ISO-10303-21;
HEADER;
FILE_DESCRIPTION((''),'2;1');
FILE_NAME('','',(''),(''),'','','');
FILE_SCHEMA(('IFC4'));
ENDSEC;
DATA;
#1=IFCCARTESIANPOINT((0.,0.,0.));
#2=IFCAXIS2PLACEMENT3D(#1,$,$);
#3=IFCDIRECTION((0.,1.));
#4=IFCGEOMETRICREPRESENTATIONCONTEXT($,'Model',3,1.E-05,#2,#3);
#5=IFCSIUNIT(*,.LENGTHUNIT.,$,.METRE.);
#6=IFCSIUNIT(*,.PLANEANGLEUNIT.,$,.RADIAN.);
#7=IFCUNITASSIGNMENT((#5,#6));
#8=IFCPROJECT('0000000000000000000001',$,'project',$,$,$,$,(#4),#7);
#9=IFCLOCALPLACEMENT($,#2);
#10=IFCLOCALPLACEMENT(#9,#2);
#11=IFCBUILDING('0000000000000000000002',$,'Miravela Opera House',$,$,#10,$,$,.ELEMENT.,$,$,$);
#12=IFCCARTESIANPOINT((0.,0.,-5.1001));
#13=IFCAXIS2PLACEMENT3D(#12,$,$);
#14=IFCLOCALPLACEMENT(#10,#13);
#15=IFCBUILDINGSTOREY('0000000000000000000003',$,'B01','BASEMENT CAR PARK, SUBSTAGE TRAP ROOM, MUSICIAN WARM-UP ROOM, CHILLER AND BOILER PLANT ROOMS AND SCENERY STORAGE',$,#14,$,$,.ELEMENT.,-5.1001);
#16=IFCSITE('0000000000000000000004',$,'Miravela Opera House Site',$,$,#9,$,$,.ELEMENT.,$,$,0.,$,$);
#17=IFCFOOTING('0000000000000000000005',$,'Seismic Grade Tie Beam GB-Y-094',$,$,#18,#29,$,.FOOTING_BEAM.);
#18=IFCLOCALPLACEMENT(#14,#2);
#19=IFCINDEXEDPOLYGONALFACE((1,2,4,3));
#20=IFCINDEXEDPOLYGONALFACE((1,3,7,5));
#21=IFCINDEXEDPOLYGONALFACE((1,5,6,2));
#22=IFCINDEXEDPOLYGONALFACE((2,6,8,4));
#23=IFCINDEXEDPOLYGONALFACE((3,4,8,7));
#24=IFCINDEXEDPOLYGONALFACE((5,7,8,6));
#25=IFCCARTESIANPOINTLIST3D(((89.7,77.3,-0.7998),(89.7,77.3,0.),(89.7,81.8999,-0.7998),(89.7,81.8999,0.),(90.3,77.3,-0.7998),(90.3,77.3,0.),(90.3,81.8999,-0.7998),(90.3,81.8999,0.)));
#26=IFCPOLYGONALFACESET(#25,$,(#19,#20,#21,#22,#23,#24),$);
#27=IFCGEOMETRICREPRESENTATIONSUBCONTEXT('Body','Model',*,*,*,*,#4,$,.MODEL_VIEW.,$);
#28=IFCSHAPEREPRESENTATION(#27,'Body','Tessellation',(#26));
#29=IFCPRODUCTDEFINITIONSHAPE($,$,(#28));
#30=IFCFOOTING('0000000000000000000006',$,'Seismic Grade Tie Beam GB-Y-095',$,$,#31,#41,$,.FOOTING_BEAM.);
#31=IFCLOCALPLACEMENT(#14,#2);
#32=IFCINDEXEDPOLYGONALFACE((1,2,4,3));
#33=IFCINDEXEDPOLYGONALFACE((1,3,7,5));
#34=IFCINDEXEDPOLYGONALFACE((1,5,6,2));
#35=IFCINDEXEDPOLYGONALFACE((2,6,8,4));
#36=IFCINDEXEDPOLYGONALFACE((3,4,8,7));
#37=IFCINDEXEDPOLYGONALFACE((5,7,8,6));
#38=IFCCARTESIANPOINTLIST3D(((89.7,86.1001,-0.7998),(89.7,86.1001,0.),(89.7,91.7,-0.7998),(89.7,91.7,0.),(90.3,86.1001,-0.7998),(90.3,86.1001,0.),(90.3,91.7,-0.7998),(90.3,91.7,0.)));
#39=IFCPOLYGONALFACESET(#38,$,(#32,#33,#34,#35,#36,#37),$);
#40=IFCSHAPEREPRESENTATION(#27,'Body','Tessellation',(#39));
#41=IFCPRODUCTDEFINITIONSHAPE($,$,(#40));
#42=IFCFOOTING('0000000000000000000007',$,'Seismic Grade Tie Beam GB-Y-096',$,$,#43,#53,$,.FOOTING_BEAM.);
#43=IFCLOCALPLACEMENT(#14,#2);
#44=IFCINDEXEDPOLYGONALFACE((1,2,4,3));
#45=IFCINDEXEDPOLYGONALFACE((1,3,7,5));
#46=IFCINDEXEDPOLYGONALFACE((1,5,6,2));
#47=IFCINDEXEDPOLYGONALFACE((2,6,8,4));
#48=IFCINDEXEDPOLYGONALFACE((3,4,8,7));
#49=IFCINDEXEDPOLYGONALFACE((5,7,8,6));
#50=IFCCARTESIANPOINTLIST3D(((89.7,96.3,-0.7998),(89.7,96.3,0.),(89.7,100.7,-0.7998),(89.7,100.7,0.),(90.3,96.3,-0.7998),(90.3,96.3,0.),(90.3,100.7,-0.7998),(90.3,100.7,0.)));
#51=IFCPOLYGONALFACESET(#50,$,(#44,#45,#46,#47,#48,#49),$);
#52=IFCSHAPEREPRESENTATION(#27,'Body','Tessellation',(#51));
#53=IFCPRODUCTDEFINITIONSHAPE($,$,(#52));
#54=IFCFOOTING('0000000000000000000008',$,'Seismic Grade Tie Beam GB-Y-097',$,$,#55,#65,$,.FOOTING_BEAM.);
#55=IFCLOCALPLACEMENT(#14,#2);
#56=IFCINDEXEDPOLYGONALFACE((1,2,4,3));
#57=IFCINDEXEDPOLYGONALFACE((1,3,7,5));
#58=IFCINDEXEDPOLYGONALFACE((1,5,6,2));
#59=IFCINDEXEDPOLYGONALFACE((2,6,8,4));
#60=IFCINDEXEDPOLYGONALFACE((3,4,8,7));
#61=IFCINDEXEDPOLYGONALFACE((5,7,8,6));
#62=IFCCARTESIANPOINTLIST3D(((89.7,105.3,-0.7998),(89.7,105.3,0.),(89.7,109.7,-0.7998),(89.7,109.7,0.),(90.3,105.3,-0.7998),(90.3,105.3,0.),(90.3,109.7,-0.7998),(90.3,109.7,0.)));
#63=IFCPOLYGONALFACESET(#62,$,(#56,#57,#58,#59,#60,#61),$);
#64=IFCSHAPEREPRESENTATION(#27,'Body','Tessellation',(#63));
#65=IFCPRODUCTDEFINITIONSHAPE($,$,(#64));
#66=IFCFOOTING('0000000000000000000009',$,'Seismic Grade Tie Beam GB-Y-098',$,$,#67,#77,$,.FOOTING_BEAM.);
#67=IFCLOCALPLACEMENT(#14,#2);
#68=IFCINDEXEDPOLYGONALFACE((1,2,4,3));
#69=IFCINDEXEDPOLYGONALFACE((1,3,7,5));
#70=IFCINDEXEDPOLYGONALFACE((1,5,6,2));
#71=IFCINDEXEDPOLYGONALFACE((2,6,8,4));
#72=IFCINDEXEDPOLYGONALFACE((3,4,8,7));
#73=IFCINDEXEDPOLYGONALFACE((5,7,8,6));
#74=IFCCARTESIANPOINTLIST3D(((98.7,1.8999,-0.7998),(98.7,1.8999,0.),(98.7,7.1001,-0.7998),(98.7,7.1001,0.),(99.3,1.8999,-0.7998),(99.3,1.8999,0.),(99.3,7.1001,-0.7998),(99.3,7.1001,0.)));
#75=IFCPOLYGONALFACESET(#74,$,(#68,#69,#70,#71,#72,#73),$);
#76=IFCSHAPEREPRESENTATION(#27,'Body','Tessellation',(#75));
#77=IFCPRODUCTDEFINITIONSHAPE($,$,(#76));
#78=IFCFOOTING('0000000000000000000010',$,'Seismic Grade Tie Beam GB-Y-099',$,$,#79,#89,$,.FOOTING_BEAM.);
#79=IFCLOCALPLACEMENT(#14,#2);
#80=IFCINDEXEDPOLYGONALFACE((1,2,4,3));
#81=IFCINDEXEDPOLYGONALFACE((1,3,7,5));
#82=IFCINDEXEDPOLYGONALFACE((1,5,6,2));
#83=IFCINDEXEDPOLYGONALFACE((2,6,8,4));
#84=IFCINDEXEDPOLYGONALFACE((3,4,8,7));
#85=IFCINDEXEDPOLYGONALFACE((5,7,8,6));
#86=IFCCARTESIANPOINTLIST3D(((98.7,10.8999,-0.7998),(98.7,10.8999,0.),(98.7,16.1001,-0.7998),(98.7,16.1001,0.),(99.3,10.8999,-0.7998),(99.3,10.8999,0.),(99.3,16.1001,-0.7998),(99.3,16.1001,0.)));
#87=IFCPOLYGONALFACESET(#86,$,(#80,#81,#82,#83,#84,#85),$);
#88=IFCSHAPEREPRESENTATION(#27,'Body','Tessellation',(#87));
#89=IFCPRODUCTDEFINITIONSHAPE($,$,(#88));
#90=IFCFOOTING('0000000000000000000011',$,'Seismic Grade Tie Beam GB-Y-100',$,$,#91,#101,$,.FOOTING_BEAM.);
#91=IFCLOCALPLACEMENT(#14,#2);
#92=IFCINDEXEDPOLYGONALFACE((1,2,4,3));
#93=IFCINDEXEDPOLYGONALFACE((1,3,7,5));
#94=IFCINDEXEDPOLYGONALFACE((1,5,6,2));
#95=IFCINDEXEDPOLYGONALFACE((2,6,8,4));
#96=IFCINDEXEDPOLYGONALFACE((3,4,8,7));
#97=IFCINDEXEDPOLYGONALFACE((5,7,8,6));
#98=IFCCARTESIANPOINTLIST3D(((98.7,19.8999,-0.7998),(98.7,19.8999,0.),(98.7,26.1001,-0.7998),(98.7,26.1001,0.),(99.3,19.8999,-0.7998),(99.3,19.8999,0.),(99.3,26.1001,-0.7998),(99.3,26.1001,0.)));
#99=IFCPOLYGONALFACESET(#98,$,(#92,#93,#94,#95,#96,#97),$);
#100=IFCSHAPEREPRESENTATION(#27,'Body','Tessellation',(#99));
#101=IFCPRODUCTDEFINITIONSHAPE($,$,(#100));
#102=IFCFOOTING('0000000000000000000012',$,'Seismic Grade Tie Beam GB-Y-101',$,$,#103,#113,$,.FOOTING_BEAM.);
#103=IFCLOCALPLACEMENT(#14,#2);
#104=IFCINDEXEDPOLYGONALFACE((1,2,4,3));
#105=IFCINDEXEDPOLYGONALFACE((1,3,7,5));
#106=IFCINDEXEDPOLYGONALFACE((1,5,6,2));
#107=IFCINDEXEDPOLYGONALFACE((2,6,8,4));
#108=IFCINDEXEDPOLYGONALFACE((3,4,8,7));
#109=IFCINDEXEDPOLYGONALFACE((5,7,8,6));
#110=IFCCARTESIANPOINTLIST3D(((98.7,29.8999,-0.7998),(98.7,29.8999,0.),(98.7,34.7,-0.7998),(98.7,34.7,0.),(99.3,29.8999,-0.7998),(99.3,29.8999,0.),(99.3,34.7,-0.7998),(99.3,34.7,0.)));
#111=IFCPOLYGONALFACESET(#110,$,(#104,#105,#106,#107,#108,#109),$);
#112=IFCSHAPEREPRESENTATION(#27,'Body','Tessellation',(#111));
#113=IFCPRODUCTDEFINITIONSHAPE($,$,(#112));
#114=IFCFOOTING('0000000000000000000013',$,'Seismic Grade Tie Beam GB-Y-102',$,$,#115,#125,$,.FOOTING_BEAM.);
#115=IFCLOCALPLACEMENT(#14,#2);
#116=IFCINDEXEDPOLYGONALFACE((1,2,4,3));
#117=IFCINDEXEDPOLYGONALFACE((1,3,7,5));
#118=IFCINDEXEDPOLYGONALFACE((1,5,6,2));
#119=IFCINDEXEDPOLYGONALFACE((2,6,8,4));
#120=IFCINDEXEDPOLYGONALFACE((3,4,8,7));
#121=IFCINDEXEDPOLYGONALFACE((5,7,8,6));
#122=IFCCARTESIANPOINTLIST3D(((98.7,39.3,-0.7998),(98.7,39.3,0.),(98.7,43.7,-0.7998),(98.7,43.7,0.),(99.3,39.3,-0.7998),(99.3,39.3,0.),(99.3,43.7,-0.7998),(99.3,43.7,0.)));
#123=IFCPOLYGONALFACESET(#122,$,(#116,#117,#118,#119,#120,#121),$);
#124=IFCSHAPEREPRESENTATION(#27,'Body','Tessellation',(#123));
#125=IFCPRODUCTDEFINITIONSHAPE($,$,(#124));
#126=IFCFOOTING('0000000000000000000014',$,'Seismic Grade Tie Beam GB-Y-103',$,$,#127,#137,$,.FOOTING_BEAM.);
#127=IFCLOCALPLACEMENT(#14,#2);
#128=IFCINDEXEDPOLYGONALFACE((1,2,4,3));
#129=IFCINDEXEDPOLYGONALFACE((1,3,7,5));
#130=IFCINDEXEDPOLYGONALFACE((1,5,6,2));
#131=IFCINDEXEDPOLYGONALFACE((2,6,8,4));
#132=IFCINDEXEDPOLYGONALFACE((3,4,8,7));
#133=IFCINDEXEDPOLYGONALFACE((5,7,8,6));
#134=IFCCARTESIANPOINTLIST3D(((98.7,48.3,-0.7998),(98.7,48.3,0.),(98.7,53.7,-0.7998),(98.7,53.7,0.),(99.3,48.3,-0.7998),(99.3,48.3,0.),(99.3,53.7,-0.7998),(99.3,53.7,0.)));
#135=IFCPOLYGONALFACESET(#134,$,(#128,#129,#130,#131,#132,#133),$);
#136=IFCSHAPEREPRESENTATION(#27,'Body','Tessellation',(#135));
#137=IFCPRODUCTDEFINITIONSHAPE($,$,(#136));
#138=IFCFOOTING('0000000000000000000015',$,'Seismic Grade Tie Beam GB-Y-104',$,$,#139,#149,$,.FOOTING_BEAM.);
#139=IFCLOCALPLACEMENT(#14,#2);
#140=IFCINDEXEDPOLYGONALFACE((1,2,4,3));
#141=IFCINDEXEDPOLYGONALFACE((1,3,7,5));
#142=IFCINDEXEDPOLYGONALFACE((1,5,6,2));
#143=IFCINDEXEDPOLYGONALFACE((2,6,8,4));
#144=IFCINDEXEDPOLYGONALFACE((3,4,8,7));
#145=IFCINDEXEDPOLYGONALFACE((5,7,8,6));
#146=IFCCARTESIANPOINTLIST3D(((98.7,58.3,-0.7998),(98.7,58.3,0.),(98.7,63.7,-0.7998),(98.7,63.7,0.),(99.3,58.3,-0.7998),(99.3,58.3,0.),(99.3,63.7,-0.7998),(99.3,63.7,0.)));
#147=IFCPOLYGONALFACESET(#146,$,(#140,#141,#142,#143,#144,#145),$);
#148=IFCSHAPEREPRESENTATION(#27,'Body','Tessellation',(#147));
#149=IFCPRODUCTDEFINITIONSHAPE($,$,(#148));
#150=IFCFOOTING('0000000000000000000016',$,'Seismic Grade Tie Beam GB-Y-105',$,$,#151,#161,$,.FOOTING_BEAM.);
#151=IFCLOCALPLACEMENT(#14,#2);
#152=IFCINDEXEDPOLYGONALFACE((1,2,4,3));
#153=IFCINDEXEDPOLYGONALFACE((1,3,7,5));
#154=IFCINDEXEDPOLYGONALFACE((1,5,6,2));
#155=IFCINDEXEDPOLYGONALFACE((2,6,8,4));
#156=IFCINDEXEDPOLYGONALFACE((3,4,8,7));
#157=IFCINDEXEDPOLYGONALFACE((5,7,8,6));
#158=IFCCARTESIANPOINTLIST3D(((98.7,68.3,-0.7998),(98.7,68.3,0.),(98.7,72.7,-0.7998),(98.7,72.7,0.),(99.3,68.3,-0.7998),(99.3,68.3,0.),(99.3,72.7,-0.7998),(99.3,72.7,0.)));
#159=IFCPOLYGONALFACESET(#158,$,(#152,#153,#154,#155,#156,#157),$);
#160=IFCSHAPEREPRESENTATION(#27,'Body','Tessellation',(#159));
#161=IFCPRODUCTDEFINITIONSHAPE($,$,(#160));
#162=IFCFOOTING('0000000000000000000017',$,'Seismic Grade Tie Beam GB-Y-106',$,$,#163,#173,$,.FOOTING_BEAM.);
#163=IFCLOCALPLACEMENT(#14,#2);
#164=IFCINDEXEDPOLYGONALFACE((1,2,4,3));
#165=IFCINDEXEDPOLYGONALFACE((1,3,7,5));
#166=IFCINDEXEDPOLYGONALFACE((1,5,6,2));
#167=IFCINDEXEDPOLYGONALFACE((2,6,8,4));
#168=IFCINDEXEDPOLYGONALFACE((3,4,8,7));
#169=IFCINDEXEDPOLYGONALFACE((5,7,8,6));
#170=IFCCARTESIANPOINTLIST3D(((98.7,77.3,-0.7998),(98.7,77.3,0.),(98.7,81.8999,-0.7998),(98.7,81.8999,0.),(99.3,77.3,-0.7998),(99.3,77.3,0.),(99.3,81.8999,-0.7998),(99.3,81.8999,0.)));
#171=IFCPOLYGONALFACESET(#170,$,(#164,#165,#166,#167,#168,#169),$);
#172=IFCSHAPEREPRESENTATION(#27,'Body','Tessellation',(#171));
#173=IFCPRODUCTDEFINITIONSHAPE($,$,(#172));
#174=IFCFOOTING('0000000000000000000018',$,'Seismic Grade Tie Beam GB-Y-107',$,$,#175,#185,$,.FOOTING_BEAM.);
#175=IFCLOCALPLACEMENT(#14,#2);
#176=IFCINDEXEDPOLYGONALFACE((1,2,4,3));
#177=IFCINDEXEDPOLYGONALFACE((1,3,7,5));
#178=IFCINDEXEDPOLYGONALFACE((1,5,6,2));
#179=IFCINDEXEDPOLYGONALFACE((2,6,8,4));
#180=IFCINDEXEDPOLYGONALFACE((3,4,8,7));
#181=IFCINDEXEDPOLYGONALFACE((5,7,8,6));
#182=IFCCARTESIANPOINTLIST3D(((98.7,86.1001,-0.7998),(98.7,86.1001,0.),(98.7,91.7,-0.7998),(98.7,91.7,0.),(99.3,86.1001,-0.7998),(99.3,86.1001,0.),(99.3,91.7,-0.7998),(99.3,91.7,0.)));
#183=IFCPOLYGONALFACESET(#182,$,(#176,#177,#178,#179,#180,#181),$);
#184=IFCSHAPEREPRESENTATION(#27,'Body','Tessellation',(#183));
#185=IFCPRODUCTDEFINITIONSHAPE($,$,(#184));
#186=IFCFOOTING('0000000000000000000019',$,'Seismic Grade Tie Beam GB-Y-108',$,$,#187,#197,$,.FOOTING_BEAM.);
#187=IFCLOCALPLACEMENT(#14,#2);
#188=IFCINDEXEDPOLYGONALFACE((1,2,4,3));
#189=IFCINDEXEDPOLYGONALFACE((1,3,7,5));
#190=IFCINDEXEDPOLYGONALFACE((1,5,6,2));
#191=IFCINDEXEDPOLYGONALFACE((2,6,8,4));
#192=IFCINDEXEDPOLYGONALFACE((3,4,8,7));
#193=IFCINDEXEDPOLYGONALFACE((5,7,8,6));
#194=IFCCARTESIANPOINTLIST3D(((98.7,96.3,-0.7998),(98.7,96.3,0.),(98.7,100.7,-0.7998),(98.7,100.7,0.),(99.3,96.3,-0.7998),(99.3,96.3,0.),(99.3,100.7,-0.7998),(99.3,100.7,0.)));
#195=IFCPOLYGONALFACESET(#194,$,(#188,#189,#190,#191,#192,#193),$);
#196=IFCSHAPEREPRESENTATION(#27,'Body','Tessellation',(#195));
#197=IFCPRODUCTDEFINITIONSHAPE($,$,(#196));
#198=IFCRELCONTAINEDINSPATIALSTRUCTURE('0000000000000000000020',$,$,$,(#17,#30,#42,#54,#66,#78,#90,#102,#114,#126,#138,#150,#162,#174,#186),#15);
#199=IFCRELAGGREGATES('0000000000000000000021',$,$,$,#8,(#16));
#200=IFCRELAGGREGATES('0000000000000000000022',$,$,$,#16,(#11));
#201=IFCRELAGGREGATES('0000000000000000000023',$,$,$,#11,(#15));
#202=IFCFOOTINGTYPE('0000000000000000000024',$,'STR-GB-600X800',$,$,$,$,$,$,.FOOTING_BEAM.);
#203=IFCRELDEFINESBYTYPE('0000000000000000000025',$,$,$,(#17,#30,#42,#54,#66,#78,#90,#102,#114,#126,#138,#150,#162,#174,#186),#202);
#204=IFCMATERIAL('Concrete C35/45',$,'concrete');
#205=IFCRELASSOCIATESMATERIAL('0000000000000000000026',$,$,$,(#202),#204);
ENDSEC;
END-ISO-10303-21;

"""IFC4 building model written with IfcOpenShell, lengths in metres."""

from ifc_helpers import new_model, si_unit, direction, frame, origin, place, context, subcontext, project, spatial, polyline, outline, extrude, material, type_object, element, save


model = new_model("IFC4")

# Units and contexts
model_context = context("Model", 3, precision=1e-05, world=origin(), true_north=direction((0.0, 1.0)))
body_context = subcontext(model_context, "Body", "Model", "MODEL_VIEW")
ifc_project = project(units=[si_unit("LENGTHUNIT", "METRE"), si_unit("PLANEANGLEUNIT", "RADIAN")], contexts=[model_context])

# Site, building, storey
site_placement = place(None, origin())
site = spatial("IfcSite", under=ifc_project, at=site_placement, Name="Miravela Opera House Site", CompositionType="ELEMENT", RefElevation=0.0)
building_placement = place(site_placement, origin())
building = spatial("IfcBuilding", under=site, at=building_placement, Name="Miravela Opera House", CompositionType="ELEMENT")
storey_placement = place(building_placement, frame((0.0, 0.0, -5.1001)))
storey = spatial("IfcBuildingStorey", under=building, at=storey_placement, Name="B01", Description="BASEMENT CAR PARK, SUBSTAGE TRAP ROOM, MUSICIAN WARM-UP ROOM, CHILLER AND BOILER PLANT ROOMS AND SCENERY STORAGE", CompositionType="ELEMENT", Elevation=-5.1001)

# Footings
ifc_material = material(Name="Concrete C35/45", Category="concrete")
footing_type = type_object("IfcFootingType", Name="STR-GB-600X800", PredefinedType="FOOTING_BEAM", material=ifc_material)
footing_1_placement = place(storey_placement, frame((0.0, 0.0, -0.7998)))
element("IfcFooting", 1, at=footing_1_placement, inside=storey, type_object=footing_type, Name="Seismic Grade Tie Beam GB-Y-094", PredefinedType="FOOTING_BEAM", context=body_context, shape_type="SweptSolid", body=[
    extrude(outline(polyline([(89.7, 77.3), (90.3, 77.3), (90.3, 81.8999), (89.7, 81.8999), (89.7, 77.3)])), origin(), (0.0, 0.0, 1.0), 0.7998),
])
footing_2_placement = place(storey_placement, frame((0.0, 0.0, -0.7998)))
element("IfcFooting", 2, at=footing_2_placement, inside=storey, type_object=footing_type, Name="Seismic Grade Tie Beam GB-Y-095", PredefinedType="FOOTING_BEAM", context=body_context, shape_type="SweptSolid", body=[
    extrude(outline(polyline([(89.7, 86.1001), (90.3, 86.1001), (90.3, 91.7), (89.7, 91.7), (89.7, 86.1001)])), origin(), (0.0, 0.0, 1.0), 0.7998),
])
footing_3_placement = place(storey_placement, frame((0.0, 0.0, -0.7998)))
element("IfcFooting", 3, at=footing_3_placement, inside=storey, type_object=footing_type, Name="Seismic Grade Tie Beam GB-Y-096", PredefinedType="FOOTING_BEAM", context=body_context, shape_type="SweptSolid", body=[
    extrude(outline(polyline([(89.7, 96.3), (90.3, 96.3), (90.3, 100.7), (89.7, 100.7), (89.7, 96.3)])), origin(), (0.0, 0.0, 1.0), 0.7998),
])
footing_4_placement = place(storey_placement, frame((0.0, 0.0, -0.7998)))
element("IfcFooting", 4, at=footing_4_placement, inside=storey, type_object=footing_type, Name="Seismic Grade Tie Beam GB-Y-097", PredefinedType="FOOTING_BEAM", context=body_context, shape_type="SweptSolid", body=[
    extrude(outline(polyline([(89.7, 105.3), (90.3, 105.3), (90.3, 109.7), (89.7, 109.7), (89.7, 105.3)])), origin(), (0.0, 0.0, 1.0), 0.7998),
])
footing_5_placement = place(storey_placement, frame((0.0, 0.0, -0.7998)))
element("IfcFooting", 5, at=footing_5_placement, inside=storey, type_object=footing_type, Name="Seismic Grade Tie Beam GB-Y-098", PredefinedType="FOOTING_BEAM", context=body_context, shape_type="SweptSolid", body=[
    extrude(outline(polyline([(98.7, 1.8999), (99.3, 1.8999), (99.3, 7.1001), (98.7, 7.1001), (98.7, 1.8999)])), origin(), (0.0, 0.0, 1.0), 0.7998),
])
footing_6_placement = place(storey_placement, frame((0.0, 0.0, -0.7998)))
element("IfcFooting", 6, at=footing_6_placement, inside=storey, type_object=footing_type, Name="Seismic Grade Tie Beam GB-Y-099", PredefinedType="FOOTING_BEAM", context=body_context, shape_type="SweptSolid", body=[
    extrude(outline(polyline([(98.7, 10.8999), (99.3, 10.8999), (99.3, 16.1001), (98.7, 16.1001), (98.7, 10.8999)])), origin(), (0.0, 0.0, 1.0), 0.7998),
])
footing_7_placement = place(storey_placement, frame((0.0, 0.0, -0.7998)))
element("IfcFooting", 7, at=footing_7_placement, inside=storey, type_object=footing_type, Name="Seismic Grade Tie Beam GB-Y-100", PredefinedType="FOOTING_BEAM", context=body_context, shape_type="SweptSolid", body=[
    extrude(outline(polyline([(98.7, 19.8999), (99.3, 19.8999), (99.3, 26.1001), (98.7, 26.1001), (98.7, 19.8999)])), origin(), (0.0, 0.0, 1.0), 0.7998),
])
footing_8_placement = place(storey_placement, frame((0.0, 0.0, -0.7998)))
element("IfcFooting", 8, at=footing_8_placement, inside=storey, type_object=footing_type, Name="Seismic Grade Tie Beam GB-Y-101", PredefinedType="FOOTING_BEAM", context=body_context, shape_type="SweptSolid", body=[
    extrude(outline(polyline([(98.7, 29.8999), (99.3, 29.8999), (99.3, 34.7), (98.7, 34.7), (98.7, 29.8999)])), origin(), (0.0, 0.0, 1.0), 0.7998),
])
footing_9_placement = place(storey_placement, frame((0.0, 0.0, -0.7998)))
element("IfcFooting", 9, at=footing_9_placement, inside=storey, type_object=footing_type, Name="Seismic Grade Tie Beam GB-Y-102", PredefinedType="FOOTING_BEAM", context=body_context, shape_type="SweptSolid", body=[
    extrude(outline(polyline([(98.7, 39.3), (99.3, 39.3), (99.3, 43.7), (98.7, 43.7), (98.7, 39.3)])), origin(), (0.0, 0.0, 1.0), 0.7998),
])
footing_10_placement = place(storey_placement, frame((0.0, 0.0, -0.7998)))
element("IfcFooting", 10, at=footing_10_placement, inside=storey, type_object=footing_type, Name="Seismic Grade Tie Beam GB-Y-103", PredefinedType="FOOTING_BEAM", context=body_context, shape_type="SweptSolid", body=[
    extrude(outline(polyline([(98.7, 48.3), (99.3, 48.3), (99.3, 53.7), (98.7, 53.7), (98.7, 48.3)])), origin(), (0.0, 0.0, 1.0), 0.7998),
])
footing_11_placement = place(storey_placement, frame((0.0, 0.0, -0.7998)))
element("IfcFooting", 11, at=footing_11_placement, inside=storey, type_object=footing_type, Name="Seismic Grade Tie Beam GB-Y-104", PredefinedType="FOOTING_BEAM", context=body_context, shape_type="SweptSolid", body=[
    extrude(outline(polyline([(98.7, 58.3), (99.3, 58.3), (99.3, 63.7), (98.7, 63.7), (98.7, 58.3)])), origin(), (0.0, 0.0, 1.0), 0.7998),
])
footing_12_placement = place(storey_placement, frame((0.0, 0.0, -0.7998)))
element("IfcFooting", 12, at=footing_12_placement, inside=storey, type_object=footing_type, Name="Seismic Grade Tie Beam GB-Y-105", PredefinedType="FOOTING_BEAM", context=body_context, shape_type="SweptSolid", body=[
    extrude(outline(polyline([(98.7, 68.3), (99.3, 68.3), (99.3, 72.7), (98.7, 72.7), (98.7, 68.3)])), origin(), (0.0, 0.0, 1.0), 0.7998),
])
footing_13_placement = place(storey_placement, frame((0.0, 0.0, -0.7998)))
element("IfcFooting", 13, at=footing_13_placement, inside=storey, type_object=footing_type, Name="Seismic Grade Tie Beam GB-Y-106", PredefinedType="FOOTING_BEAM", context=body_context, shape_type="SweptSolid", body=[
    extrude(outline(polyline([(98.7, 77.3), (99.3, 77.3), (99.3, 81.8999), (98.7, 81.8999), (98.7, 77.3)])), origin(), (0.0, 0.0, 1.0), 0.7998),
])
footing_14_placement = place(storey_placement, frame((0.0, 0.0, -0.7998)))
element("IfcFooting", 14, at=footing_14_placement, inside=storey, type_object=footing_type, Name="Seismic Grade Tie Beam GB-Y-107", PredefinedType="FOOTING_BEAM", context=body_context, shape_type="SweptSolid", body=[
    extrude(outline(polyline([(98.7, 86.1001), (99.3, 86.1001), (99.3, 91.7), (98.7, 91.7), (98.7, 86.1001)])), origin(), (0.0, 0.0, 1.0), 0.7998),
])
footing_15_placement = place(storey_placement, frame((0.0, 0.0, -0.7998)))
element("IfcFooting", 15, at=footing_15_placement, inside=storey, type_object=footing_type, Name="Seismic Grade Tie Beam GB-Y-108", PredefinedType="FOOTING_BEAM", context=body_context, shape_type="SweptSolid", body=[
    extrude(outline(polyline([(98.7, 96.3), (99.3, 96.3), (99.3, 100.7), (98.7, 100.7), (98.7, 96.3)])), origin(), (0.0, 0.0, 1.0), 0.7998),
])

save(model, "model.ifc")
